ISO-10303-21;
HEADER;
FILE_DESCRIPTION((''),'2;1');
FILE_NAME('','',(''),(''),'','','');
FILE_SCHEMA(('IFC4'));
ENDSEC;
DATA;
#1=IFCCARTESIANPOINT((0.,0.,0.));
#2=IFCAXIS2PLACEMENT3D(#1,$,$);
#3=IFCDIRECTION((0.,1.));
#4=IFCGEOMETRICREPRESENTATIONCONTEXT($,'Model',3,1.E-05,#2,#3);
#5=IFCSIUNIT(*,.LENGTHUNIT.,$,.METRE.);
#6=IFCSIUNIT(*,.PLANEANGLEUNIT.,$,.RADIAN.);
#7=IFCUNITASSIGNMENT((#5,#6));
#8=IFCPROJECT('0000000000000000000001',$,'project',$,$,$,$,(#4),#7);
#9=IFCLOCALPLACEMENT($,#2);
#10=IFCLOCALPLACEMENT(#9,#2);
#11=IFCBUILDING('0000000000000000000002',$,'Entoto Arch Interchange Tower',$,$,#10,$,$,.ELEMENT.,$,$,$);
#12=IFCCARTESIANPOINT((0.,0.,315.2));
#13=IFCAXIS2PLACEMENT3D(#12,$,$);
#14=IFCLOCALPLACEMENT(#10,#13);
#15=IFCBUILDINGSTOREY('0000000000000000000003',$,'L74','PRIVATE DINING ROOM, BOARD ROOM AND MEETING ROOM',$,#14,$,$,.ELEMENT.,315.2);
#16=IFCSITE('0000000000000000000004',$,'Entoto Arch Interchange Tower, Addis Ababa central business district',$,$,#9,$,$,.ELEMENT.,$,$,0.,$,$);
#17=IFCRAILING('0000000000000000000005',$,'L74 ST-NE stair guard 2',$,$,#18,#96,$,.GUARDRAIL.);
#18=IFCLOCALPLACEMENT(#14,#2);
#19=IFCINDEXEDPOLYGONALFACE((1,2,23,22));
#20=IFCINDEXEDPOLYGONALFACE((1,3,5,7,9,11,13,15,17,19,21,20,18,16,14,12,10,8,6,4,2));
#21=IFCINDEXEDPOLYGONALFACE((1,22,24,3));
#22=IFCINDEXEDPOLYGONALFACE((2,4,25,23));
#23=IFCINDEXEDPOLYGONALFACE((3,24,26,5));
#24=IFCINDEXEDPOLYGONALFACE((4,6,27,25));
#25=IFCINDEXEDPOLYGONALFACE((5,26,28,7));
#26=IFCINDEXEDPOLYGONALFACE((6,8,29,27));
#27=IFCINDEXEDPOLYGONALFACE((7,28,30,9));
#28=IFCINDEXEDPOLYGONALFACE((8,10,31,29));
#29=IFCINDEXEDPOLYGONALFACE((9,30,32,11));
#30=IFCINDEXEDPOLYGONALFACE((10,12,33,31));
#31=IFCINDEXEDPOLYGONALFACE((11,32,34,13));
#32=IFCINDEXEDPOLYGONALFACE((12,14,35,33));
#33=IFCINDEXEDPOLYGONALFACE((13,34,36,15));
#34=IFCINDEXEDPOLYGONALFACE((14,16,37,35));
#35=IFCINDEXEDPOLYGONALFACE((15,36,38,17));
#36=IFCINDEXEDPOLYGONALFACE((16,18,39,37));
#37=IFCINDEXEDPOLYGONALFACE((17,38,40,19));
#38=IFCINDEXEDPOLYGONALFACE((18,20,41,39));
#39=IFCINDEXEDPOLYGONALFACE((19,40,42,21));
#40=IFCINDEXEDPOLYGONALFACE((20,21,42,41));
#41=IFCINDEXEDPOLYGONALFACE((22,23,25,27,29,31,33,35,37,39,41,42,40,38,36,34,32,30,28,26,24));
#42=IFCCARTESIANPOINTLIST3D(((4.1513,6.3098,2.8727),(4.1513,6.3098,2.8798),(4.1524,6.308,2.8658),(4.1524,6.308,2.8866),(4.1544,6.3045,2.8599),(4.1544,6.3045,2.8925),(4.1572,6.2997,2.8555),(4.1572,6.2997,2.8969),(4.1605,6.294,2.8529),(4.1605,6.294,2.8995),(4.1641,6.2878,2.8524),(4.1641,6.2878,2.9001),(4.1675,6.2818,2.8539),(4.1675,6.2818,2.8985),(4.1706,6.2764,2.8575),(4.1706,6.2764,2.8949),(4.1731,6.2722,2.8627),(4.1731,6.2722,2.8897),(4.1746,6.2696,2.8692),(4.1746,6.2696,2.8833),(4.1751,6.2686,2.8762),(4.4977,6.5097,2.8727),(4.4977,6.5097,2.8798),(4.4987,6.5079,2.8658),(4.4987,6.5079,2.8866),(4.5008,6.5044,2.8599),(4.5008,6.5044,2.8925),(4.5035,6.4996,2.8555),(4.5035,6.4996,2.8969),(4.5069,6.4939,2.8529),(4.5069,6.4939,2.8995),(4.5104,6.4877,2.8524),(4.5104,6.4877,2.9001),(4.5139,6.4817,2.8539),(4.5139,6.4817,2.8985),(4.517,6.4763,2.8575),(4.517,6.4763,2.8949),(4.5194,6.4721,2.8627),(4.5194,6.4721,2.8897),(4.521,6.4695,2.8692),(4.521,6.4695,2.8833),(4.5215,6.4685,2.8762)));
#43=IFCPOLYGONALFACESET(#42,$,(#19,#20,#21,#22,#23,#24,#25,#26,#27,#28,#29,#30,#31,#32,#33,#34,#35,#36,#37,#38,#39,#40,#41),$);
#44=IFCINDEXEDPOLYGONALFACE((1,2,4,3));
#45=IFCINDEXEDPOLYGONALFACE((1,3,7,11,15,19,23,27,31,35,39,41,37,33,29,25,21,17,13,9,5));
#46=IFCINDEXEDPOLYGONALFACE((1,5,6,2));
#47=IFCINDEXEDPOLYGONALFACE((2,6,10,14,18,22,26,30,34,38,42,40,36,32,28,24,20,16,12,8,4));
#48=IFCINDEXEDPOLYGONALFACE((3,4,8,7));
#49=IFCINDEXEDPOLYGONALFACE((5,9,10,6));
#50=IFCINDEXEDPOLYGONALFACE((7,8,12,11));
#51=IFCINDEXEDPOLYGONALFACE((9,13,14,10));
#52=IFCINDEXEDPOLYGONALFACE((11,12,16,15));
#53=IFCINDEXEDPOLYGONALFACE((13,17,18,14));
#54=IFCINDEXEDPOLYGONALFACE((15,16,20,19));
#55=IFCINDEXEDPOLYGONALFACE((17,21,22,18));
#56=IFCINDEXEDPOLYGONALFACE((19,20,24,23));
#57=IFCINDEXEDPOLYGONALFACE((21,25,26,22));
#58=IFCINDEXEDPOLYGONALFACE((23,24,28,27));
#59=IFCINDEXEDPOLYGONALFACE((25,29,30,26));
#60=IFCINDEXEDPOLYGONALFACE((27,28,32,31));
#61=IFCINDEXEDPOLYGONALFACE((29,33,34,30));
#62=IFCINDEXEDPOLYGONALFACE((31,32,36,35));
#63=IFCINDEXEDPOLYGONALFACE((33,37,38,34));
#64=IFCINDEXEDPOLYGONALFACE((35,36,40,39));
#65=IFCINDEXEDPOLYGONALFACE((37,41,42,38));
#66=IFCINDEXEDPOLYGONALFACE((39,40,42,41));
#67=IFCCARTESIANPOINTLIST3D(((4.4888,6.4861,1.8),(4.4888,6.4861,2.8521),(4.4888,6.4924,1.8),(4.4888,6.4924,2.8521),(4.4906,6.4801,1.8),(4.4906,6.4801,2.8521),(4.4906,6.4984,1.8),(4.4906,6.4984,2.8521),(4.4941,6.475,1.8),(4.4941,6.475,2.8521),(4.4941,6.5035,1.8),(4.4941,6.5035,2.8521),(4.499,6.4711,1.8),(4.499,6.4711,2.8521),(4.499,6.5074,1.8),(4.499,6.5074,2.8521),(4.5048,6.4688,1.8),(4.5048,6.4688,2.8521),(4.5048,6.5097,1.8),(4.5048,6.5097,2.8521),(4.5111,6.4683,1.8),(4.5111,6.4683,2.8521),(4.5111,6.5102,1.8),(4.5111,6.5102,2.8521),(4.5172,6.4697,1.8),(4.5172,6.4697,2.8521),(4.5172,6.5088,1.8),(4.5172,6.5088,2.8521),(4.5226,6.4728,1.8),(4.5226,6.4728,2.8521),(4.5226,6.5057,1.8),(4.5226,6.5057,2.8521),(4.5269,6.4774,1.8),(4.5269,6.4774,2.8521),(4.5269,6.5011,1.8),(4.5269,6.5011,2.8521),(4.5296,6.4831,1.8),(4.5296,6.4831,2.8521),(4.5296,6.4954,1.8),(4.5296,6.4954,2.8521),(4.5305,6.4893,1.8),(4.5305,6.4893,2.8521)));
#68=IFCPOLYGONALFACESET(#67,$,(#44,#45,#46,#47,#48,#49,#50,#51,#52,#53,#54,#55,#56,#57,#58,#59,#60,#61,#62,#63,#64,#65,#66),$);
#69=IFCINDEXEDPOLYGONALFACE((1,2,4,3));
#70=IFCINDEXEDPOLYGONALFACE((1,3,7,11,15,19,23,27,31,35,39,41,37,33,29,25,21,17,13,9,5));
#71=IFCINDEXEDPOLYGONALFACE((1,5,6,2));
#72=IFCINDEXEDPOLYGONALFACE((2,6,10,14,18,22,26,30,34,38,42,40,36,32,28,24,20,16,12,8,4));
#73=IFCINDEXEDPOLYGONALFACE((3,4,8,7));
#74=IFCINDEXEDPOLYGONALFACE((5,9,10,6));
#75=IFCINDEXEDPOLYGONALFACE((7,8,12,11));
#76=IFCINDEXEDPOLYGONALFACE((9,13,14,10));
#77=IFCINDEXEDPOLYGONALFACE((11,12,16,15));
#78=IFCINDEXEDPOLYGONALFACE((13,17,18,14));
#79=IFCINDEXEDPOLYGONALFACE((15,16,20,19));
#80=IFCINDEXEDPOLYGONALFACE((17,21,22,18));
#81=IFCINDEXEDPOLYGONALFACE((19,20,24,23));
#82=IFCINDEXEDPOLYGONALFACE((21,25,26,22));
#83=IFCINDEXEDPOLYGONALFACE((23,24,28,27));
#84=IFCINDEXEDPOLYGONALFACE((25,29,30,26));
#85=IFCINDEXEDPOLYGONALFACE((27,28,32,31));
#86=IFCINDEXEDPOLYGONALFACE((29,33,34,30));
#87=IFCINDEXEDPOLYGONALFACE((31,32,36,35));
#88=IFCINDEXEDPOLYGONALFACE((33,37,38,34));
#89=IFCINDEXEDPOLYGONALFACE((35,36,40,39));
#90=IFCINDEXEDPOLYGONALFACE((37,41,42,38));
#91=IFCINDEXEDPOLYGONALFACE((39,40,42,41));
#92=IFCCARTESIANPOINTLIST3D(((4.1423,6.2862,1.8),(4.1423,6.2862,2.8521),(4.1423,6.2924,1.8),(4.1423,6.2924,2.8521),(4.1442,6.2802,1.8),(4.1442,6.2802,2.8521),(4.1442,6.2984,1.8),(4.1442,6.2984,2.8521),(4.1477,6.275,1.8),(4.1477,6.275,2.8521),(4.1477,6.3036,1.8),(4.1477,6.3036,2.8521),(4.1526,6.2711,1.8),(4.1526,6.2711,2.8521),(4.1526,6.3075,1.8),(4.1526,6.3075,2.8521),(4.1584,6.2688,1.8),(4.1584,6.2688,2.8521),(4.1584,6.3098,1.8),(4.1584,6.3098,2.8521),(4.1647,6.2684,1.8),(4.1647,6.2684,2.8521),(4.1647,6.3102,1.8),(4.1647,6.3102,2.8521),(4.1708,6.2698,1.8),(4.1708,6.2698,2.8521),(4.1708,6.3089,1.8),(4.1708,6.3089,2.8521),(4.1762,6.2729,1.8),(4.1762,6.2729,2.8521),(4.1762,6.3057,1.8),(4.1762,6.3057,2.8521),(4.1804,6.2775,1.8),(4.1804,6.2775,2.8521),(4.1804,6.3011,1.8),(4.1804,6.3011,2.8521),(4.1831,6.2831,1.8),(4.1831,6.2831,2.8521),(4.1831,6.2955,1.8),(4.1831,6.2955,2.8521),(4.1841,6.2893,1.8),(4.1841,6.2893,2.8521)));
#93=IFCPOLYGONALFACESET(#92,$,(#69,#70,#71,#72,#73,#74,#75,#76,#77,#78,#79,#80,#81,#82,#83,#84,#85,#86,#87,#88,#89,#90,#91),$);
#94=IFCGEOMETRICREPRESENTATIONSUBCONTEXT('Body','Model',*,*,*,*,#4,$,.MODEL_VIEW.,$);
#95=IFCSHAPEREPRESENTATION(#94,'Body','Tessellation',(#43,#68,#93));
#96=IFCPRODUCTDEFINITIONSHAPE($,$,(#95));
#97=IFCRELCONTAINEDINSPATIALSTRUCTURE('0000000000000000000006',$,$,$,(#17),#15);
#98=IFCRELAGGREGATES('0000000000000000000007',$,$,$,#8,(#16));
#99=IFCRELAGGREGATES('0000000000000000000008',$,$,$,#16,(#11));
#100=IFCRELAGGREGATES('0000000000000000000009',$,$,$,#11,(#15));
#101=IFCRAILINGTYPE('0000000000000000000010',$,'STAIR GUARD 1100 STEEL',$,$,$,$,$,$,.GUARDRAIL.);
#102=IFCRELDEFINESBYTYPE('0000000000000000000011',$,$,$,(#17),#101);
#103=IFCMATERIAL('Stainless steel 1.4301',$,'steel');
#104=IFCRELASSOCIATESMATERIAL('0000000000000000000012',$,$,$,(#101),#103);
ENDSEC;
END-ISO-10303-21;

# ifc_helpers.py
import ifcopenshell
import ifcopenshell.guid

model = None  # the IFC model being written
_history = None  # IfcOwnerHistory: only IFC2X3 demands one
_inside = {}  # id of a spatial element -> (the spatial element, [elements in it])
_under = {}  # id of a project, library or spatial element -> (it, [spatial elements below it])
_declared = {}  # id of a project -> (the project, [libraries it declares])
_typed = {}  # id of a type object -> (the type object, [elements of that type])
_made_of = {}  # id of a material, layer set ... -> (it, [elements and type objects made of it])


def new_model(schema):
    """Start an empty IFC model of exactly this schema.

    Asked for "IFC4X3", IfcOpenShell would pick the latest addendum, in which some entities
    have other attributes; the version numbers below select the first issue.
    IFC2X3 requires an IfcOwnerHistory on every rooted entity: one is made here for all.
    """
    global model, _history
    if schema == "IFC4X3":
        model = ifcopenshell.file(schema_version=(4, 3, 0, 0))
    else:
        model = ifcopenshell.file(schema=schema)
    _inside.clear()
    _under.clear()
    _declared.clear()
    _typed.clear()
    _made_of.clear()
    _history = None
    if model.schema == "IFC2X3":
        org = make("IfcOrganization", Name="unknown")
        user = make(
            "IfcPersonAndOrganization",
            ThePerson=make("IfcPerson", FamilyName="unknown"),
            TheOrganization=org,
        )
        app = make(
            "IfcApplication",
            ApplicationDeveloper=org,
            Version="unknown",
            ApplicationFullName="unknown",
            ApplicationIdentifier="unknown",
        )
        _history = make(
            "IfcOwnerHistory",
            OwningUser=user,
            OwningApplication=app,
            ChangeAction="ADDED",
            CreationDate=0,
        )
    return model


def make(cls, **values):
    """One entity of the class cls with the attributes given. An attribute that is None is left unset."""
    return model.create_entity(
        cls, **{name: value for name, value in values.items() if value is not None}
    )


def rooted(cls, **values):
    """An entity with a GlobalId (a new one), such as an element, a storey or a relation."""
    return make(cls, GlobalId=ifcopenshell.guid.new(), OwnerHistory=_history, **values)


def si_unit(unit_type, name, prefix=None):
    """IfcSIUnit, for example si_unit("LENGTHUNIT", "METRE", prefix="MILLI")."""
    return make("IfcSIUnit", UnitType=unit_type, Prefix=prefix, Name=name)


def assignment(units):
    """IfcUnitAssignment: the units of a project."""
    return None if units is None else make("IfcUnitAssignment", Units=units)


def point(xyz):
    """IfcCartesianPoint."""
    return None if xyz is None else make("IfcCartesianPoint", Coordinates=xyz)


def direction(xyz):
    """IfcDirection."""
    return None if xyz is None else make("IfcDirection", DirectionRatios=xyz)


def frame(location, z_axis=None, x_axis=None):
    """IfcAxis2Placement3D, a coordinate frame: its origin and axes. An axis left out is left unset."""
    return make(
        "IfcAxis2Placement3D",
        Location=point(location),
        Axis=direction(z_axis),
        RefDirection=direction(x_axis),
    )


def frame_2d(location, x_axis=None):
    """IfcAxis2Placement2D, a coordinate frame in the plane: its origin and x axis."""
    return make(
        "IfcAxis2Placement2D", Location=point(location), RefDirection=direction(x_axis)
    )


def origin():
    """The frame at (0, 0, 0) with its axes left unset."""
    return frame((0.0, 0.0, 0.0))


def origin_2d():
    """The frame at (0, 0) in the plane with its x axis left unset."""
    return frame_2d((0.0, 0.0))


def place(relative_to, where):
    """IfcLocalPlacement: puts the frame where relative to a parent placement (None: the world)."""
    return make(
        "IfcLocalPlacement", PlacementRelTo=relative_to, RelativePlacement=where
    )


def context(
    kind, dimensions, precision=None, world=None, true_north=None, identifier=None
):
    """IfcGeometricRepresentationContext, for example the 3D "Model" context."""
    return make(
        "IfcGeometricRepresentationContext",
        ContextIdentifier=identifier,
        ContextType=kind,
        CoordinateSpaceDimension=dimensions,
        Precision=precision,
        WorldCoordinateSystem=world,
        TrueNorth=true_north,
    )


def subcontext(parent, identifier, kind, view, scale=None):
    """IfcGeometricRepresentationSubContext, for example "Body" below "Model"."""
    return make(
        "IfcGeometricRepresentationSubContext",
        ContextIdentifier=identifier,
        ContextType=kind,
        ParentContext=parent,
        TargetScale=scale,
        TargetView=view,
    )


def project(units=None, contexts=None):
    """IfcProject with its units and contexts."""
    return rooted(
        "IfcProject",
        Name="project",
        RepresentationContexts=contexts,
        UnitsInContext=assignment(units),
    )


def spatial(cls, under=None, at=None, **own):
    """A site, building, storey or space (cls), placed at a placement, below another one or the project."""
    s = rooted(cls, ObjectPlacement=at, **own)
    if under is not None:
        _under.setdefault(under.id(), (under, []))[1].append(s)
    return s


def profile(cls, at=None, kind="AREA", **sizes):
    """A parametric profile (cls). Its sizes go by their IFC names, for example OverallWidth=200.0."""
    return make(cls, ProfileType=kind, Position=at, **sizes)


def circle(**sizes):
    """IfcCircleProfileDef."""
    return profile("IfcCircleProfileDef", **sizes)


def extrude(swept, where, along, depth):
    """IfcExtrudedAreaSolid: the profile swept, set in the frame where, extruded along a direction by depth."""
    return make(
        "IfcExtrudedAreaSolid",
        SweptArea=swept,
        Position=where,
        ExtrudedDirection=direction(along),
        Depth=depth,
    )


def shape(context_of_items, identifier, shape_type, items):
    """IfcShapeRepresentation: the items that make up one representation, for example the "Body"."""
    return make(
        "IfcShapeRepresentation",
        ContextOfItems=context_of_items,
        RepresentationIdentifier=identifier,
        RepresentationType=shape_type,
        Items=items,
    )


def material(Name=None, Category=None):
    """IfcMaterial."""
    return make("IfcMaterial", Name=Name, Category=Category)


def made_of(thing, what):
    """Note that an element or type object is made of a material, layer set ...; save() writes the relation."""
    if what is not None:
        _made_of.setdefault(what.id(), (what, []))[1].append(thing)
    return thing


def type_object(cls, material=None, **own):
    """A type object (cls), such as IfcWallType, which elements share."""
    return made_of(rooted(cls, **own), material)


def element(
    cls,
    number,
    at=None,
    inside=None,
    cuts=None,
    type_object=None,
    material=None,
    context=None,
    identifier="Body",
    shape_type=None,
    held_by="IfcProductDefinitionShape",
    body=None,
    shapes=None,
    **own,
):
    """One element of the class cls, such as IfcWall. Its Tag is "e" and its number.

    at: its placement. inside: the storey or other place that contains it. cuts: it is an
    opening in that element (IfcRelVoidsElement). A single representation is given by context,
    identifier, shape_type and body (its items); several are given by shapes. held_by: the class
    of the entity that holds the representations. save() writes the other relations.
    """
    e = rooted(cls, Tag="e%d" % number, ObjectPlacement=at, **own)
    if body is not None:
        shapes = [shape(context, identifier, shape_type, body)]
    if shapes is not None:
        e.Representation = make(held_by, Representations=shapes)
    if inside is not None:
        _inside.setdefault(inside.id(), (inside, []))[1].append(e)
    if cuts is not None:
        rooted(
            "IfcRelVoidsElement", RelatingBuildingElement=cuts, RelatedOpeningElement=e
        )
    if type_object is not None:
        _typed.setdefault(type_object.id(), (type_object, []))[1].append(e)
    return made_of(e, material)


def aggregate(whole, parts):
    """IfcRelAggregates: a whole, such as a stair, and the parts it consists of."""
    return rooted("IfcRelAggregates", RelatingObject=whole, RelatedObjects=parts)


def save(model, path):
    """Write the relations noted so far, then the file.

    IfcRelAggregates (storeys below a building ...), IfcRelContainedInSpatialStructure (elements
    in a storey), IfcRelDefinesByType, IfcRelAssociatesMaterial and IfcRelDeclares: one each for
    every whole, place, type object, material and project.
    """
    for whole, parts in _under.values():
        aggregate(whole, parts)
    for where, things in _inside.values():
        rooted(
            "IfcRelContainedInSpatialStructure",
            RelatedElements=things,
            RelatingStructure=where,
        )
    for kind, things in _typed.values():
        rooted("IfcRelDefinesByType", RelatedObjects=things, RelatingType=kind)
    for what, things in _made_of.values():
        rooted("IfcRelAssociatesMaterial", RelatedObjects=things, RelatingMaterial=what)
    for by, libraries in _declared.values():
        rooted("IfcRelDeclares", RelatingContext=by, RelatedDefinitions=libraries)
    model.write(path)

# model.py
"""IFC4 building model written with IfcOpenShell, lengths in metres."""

from ifc_helpers import new_model, si_unit, direction, frame, origin, origin_2d, place, context, subcontext, project, spatial, circle, extrude, material, type_object, element, save


model = new_model("IFC4")

# Units and contexts
model_context = context("Model", 3, precision=1e-05, world=origin(), true_north=direction((0.0, 1.0)))
body_context = subcontext(model_context, "Body", "Model", "MODEL_VIEW")
ifc_project = project(units=[si_unit("LENGTHUNIT", "METRE"), si_unit("PLANEANGLEUNIT", "RADIAN")], contexts=[model_context])

# Site, building, storey
site_placement = place(None, origin())
site = spatial("IfcSite", under=ifc_project, at=site_placement, Name="Entoto Arch Interchange Tower, Addis Ababa central business district", CompositionType="ELEMENT", RefElevation=0.0)
building_placement = place(site_placement, origin())
building = spatial("IfcBuilding", under=site, at=building_placement, Name="Entoto Arch Interchange Tower", CompositionType="ELEMENT")
storey_placement = place(building_placement, frame((0.0, 0.0, 315.2)))
storey = spatial("IfcBuildingStorey", under=building, at=storey_placement, Name="L74", Description="PRIVATE DINING ROOM, BOARD ROOM AND MEETING ROOM", CompositionType="ELEMENT", Elevation=315.2)

# Railing
ifc_material_1 = material(Name="Stainless steel 1.4301", Category="steel")
railing_type = type_object("IfcRailingType", Name="STAIR GUARD 1100 STEEL", PredefinedType="GUARDRAIL", material=ifc_material_1)
railing_1_placement = place(storey_placement, frame((4.5095, 6.4893, 1.8)))
element("IfcRailing", 1, at=railing_1_placement, inside=storey, type_object=railing_type, Name="L74 ST-NE stair guard 2", PredefinedType="GUARDRAIL", context=body_context, shape_type="SweptSolid", body=[
    extrude(circle(Radius=0.0239, at=origin_2d()), frame((0.0, 0.0, 1.0762), z_axis=(-0.866094, -0.499881, 0.0), x_axis=(0.499881, -0.866094, 0.0)), (0.0, 0.0, 1.0), 0.3999),
    extrude(circle(Radius=0.021, at=origin_2d()), origin(), (0.0, 0.0, 1.0), 1.052),
    extrude(circle(Radius=0.021, at=origin_2d()), frame((-0.3464, -0.2, 0.0)), (0.0, 0.0, 1.0), 1.052),
])

save(model, "model.ifc")
